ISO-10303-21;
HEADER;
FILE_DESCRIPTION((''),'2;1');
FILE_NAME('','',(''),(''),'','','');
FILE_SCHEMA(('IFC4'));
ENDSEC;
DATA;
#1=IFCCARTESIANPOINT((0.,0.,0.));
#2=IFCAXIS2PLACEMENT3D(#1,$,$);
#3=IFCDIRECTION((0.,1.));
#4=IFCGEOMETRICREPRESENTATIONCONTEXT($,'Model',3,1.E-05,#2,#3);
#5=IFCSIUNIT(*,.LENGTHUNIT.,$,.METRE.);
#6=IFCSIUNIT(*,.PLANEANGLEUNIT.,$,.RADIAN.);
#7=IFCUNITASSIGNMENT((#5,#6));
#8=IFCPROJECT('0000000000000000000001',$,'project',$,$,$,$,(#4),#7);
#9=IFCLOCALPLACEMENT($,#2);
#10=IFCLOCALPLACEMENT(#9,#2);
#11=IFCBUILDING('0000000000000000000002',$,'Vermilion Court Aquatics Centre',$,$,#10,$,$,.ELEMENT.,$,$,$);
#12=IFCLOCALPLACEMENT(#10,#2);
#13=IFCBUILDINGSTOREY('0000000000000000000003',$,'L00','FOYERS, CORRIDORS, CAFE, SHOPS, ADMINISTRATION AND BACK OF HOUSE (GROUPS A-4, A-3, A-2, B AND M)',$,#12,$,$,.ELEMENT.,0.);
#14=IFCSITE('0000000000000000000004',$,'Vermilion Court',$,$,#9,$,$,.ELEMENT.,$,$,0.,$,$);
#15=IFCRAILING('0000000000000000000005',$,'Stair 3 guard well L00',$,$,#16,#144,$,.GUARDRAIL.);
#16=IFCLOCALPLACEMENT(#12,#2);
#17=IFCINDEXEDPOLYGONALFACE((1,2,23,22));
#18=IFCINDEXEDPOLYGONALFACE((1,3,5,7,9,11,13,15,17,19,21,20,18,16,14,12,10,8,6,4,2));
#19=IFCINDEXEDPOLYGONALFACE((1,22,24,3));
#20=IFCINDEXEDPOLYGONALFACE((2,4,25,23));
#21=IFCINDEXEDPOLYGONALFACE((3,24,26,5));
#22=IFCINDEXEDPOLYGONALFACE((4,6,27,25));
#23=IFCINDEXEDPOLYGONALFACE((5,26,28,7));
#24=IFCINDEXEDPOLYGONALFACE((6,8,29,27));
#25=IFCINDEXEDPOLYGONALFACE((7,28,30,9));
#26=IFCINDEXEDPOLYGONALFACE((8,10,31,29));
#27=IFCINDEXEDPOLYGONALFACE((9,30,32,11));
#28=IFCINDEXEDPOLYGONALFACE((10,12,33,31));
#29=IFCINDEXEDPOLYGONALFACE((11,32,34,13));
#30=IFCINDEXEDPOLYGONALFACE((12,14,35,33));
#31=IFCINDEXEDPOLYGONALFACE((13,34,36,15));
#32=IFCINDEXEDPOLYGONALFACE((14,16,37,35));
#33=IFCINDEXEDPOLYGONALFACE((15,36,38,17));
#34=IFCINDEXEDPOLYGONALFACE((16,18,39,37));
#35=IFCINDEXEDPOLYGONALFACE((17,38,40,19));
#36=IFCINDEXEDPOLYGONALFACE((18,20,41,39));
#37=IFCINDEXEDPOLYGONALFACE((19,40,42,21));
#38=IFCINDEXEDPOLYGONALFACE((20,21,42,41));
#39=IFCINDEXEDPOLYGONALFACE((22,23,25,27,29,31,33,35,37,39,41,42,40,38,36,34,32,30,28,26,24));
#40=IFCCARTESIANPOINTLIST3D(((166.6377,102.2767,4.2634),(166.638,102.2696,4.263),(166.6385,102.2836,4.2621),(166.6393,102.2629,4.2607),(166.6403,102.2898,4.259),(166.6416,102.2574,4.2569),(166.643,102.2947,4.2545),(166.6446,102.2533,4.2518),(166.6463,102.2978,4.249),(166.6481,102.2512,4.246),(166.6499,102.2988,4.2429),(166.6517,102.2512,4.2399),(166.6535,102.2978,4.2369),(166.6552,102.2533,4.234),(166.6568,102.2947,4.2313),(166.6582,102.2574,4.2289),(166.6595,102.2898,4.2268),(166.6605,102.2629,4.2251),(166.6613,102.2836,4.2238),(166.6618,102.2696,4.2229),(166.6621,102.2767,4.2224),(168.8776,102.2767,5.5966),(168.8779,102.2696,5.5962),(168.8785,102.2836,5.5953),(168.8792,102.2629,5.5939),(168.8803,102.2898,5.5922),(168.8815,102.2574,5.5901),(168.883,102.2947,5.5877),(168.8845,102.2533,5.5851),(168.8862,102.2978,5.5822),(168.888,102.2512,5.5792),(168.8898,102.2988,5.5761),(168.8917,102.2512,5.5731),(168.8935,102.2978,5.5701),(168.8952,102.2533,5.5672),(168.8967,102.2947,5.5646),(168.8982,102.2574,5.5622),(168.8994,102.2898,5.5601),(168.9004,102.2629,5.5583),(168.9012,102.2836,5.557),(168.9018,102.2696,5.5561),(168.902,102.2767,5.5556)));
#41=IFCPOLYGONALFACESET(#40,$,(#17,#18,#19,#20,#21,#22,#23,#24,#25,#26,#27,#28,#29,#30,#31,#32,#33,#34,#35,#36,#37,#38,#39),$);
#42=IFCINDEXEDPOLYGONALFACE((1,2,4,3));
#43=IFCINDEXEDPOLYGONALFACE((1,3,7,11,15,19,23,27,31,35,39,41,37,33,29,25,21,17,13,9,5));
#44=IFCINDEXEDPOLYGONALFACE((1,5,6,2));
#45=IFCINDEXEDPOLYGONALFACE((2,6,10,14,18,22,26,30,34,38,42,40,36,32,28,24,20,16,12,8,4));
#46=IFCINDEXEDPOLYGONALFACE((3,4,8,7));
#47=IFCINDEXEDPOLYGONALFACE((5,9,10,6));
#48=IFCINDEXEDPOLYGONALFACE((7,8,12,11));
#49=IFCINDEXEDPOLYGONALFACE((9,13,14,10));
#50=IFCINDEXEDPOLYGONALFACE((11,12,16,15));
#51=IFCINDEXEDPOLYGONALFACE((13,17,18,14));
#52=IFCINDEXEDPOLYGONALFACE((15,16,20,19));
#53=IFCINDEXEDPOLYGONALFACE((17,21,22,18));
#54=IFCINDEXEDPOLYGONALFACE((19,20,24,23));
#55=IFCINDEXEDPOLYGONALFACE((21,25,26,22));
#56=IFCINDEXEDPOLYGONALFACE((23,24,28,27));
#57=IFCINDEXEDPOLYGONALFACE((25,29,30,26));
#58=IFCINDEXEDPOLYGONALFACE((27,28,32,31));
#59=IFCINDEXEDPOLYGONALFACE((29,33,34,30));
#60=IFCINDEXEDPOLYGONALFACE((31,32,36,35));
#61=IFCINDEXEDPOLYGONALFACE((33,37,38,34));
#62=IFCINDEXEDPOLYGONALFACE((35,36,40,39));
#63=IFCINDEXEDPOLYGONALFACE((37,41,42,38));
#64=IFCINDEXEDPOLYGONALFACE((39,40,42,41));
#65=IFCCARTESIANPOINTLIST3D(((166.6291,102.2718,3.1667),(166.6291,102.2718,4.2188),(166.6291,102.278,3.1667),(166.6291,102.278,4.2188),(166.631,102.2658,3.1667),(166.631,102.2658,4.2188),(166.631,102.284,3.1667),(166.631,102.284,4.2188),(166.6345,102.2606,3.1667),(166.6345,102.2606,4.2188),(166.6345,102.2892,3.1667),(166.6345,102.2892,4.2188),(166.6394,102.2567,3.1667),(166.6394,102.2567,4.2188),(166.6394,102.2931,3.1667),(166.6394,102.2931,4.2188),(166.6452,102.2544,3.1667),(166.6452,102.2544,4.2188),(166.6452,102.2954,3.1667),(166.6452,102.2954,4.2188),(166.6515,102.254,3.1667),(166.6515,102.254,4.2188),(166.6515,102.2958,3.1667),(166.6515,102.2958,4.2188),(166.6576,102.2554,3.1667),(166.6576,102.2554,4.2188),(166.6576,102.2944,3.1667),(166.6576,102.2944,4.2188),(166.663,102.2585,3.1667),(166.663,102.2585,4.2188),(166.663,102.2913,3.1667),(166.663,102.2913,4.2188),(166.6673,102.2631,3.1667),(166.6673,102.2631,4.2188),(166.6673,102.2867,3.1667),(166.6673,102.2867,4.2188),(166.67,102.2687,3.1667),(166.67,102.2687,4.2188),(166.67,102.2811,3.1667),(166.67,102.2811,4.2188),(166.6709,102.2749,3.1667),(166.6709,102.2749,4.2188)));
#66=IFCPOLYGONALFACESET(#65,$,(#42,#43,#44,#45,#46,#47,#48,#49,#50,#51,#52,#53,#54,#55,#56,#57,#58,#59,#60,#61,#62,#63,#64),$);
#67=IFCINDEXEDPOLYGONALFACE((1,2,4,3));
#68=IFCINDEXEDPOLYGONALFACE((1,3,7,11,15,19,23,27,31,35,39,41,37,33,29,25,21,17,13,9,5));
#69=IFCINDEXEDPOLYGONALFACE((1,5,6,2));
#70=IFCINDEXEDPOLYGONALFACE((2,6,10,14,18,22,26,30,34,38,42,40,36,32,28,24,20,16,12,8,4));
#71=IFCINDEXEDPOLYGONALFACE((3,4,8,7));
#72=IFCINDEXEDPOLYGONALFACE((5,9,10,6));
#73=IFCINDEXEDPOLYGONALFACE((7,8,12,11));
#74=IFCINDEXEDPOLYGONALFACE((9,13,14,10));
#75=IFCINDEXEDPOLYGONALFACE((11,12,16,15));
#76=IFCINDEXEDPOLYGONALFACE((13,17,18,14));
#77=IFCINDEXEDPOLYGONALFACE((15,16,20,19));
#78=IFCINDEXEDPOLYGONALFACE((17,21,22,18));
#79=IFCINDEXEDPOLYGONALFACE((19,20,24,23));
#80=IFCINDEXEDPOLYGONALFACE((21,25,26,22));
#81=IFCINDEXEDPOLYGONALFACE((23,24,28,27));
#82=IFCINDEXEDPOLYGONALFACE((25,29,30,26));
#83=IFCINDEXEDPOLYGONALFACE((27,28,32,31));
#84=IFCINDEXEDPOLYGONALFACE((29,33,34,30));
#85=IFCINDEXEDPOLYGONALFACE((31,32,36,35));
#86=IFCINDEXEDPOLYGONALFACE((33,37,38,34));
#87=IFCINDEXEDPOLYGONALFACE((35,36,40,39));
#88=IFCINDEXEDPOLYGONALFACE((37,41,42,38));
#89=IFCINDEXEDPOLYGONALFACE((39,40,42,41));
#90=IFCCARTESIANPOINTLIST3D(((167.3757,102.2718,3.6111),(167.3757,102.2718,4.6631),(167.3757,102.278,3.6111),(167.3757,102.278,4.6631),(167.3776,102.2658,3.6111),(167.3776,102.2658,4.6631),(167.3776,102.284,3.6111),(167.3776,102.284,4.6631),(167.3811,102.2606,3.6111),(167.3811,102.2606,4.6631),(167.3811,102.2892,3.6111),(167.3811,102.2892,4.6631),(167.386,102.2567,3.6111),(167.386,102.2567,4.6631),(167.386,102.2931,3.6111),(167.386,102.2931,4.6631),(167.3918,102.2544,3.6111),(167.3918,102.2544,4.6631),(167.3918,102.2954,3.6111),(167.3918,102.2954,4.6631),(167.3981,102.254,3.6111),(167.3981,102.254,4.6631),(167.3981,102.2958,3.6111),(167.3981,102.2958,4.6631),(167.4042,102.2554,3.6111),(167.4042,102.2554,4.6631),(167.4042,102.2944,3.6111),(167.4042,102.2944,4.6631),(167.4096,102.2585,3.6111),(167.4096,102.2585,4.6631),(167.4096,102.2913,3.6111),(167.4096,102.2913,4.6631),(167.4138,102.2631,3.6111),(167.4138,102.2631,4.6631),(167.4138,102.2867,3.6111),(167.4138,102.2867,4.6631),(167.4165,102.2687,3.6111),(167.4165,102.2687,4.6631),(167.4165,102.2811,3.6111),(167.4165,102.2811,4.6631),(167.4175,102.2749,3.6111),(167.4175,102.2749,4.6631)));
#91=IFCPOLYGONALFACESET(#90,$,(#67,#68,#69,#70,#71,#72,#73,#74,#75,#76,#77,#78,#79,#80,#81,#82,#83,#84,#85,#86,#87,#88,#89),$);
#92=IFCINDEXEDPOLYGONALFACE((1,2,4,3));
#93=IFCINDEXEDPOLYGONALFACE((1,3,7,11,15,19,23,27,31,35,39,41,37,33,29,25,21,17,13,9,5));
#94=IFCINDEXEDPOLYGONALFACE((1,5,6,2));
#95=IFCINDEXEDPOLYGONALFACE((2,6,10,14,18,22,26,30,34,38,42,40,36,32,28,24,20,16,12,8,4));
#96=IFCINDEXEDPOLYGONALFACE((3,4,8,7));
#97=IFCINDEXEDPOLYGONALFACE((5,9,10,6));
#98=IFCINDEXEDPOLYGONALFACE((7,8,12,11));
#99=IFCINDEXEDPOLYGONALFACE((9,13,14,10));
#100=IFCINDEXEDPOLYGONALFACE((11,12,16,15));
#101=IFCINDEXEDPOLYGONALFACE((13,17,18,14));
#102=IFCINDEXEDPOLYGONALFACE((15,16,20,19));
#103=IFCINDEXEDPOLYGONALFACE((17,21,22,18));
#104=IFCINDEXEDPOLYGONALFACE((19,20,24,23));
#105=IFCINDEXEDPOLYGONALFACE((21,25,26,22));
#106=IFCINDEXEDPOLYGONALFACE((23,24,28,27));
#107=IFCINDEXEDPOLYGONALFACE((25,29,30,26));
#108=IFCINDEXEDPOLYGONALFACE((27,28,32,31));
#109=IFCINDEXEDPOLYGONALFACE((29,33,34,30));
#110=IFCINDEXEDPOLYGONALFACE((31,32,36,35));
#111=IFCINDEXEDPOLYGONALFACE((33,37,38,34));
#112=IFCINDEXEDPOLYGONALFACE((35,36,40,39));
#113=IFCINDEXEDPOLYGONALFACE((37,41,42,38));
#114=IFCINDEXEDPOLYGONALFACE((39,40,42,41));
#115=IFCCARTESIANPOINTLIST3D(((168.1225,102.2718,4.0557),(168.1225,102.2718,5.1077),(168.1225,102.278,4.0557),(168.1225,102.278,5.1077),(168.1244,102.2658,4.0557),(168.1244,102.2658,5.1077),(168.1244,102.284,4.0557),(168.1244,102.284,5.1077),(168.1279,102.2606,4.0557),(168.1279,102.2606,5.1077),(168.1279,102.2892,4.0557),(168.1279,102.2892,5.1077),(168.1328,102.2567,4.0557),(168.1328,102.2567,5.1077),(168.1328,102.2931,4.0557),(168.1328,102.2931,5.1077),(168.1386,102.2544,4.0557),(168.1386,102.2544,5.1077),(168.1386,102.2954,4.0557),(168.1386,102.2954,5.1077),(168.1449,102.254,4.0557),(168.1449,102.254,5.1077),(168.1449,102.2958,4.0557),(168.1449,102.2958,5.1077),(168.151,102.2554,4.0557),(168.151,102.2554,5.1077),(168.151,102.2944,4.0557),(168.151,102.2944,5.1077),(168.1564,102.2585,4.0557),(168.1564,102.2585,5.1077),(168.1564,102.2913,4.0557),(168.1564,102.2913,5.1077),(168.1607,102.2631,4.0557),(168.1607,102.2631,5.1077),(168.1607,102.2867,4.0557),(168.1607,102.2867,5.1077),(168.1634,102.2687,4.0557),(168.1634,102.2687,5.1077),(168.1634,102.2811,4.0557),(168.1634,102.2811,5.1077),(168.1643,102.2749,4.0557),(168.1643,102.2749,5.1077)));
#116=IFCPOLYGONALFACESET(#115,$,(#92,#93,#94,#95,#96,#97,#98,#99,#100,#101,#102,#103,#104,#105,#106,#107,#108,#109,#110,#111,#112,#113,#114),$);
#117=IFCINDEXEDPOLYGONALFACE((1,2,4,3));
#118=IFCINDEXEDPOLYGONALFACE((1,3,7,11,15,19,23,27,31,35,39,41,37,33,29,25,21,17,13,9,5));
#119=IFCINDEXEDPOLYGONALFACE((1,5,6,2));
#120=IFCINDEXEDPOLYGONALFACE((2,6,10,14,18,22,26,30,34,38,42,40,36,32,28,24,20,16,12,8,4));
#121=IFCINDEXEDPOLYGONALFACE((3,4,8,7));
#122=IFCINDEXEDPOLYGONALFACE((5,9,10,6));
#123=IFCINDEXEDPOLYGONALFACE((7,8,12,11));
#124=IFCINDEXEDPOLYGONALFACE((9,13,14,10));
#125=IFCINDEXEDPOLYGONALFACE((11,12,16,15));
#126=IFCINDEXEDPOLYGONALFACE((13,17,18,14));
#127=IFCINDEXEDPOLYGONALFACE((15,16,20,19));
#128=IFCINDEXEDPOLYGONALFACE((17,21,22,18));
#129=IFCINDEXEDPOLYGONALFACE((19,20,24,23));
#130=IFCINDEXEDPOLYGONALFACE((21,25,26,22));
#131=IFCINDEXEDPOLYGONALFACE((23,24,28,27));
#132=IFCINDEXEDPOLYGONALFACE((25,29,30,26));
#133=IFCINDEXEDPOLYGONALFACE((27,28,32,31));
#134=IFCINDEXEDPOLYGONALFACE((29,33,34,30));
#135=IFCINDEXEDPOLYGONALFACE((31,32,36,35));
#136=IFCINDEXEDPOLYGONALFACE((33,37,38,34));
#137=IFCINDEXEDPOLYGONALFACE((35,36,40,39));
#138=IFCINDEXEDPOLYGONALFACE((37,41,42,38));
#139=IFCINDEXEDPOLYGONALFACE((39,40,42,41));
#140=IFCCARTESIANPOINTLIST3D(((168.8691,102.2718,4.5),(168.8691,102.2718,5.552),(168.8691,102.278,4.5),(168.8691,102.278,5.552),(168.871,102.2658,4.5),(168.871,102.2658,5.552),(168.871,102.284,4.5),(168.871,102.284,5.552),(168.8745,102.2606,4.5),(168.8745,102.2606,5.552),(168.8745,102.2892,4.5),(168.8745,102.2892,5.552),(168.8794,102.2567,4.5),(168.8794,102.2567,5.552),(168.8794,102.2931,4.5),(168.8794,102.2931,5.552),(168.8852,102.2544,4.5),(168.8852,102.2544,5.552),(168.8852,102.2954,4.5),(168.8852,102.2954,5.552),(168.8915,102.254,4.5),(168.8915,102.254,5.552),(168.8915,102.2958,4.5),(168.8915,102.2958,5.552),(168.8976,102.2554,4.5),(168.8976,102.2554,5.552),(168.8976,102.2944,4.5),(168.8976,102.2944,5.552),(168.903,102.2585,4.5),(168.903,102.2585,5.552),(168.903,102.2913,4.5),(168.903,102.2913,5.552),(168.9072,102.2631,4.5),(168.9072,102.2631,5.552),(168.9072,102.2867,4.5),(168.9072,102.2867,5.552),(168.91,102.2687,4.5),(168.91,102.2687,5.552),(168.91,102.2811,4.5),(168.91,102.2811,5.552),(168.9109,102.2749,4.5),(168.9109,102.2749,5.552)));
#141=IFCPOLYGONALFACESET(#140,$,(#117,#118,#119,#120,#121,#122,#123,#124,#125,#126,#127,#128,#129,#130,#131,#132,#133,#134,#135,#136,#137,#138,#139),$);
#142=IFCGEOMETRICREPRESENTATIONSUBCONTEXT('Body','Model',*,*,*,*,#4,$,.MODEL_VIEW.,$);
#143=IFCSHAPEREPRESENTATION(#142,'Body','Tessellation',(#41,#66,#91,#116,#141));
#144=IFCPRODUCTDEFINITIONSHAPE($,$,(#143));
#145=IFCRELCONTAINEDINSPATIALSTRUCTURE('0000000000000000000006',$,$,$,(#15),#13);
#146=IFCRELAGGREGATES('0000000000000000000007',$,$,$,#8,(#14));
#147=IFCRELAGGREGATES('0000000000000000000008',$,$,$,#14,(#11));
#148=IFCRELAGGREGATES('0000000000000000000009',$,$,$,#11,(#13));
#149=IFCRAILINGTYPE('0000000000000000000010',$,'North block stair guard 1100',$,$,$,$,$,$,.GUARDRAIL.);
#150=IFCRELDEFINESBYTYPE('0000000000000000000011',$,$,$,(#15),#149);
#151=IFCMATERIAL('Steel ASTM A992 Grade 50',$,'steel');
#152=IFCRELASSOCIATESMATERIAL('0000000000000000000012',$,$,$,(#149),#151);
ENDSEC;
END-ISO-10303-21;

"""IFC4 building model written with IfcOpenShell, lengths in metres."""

from ifc_helpers import new_model, si_unit, direction, frame, origin, origin_2d, place, context, subcontext, project, spatial, circle, extrude, material, type_object, element, save


model = new_model("IFC4")

# Units and contexts
model_context = context("Model", 3, precision=1e-05, world=origin(), true_north=direction((0.0, 1.0)))
body_context = subcontext(model_context, "Body", "Model", "MODEL_VIEW")
ifc_project = project(units=[si_unit("LENGTHUNIT", "METRE"), si_unit("PLANEANGLEUNIT", "RADIAN")], contexts=[model_context])

# Site, building, storey
site_placement = place(None, origin())
site = spatial("IfcSite", under=ifc_project, at=site_placement, Name="Vermilion Court", CompositionType="ELEMENT", RefElevation=0.0)
building_placement = place(site_placement, origin())
building = spatial("IfcBuilding", under=site, at=building_placement, Name="Vermilion Court Aquatics Centre", CompositionType="ELEMENT")
storey_placement = place(building_placement, origin())
storey = spatial("IfcBuildingStorey", under=building, at=storey_placement, Name="L00", Description="FOYERS, CORRIDORS, CAFE, SHOPS, ADMINISTRATION AND BACK OF HOUSE (GROUPS A-4, A-3, A-2, B AND M)", CompositionType="ELEMENT", Elevation=0.0)

# Railing
ifc_material_1 = material(Name="Steel ASTM A992 Grade 50", Category="steel")
railing_type_1 = type_object("IfcRailingType", Name="North block stair guard 1100", PredefinedType="GUARDRAIL", material=ifc_material_1)
for number, where, name in (
    (1, (166.6499, 102.2749, 3.1667), "Stair 3 guard well L00"),
):
    element("IfcRailing", number, at=place(storey_placement, frame(where)), inside=storey, type_object=railing_type_1, Name=name, PredefinedType="GUARDRAIL", context=body_context, shape_type="SweptSolid", body=[
        extrude(circle(Radius=0.0239, at=origin_2d()), frame((0.0, 0.0, 1.0762), z_axis=(0.859306, 0.0, 0.511462), x_axis=(0.0, 1.0, 0.0)), (0.0, 0.0, 1.0), 2.6067),
        extrude(circle(Radius=0.021, at=origin_2d()), origin(), (0.0, 0.0, 1.0), 1.052),
        extrude(circle(Radius=0.021, at=origin_2d()), frame((0.7466, 0.0, 0.4443)), (0.0, 0.0, 1.0), 1.052),
        extrude(circle(Radius=0.021, at=origin_2d()), frame((1.4934, 0.0, 0.8889)), (0.0, 0.0, 1.0), 1.052),
        extrude(circle(Radius=0.021, at=origin_2d()), frame((2.24, 0.0, 1.3333)), (0.0, 0.0, 1.0), 1.052),
    ])

save(model, "model.ifc")
